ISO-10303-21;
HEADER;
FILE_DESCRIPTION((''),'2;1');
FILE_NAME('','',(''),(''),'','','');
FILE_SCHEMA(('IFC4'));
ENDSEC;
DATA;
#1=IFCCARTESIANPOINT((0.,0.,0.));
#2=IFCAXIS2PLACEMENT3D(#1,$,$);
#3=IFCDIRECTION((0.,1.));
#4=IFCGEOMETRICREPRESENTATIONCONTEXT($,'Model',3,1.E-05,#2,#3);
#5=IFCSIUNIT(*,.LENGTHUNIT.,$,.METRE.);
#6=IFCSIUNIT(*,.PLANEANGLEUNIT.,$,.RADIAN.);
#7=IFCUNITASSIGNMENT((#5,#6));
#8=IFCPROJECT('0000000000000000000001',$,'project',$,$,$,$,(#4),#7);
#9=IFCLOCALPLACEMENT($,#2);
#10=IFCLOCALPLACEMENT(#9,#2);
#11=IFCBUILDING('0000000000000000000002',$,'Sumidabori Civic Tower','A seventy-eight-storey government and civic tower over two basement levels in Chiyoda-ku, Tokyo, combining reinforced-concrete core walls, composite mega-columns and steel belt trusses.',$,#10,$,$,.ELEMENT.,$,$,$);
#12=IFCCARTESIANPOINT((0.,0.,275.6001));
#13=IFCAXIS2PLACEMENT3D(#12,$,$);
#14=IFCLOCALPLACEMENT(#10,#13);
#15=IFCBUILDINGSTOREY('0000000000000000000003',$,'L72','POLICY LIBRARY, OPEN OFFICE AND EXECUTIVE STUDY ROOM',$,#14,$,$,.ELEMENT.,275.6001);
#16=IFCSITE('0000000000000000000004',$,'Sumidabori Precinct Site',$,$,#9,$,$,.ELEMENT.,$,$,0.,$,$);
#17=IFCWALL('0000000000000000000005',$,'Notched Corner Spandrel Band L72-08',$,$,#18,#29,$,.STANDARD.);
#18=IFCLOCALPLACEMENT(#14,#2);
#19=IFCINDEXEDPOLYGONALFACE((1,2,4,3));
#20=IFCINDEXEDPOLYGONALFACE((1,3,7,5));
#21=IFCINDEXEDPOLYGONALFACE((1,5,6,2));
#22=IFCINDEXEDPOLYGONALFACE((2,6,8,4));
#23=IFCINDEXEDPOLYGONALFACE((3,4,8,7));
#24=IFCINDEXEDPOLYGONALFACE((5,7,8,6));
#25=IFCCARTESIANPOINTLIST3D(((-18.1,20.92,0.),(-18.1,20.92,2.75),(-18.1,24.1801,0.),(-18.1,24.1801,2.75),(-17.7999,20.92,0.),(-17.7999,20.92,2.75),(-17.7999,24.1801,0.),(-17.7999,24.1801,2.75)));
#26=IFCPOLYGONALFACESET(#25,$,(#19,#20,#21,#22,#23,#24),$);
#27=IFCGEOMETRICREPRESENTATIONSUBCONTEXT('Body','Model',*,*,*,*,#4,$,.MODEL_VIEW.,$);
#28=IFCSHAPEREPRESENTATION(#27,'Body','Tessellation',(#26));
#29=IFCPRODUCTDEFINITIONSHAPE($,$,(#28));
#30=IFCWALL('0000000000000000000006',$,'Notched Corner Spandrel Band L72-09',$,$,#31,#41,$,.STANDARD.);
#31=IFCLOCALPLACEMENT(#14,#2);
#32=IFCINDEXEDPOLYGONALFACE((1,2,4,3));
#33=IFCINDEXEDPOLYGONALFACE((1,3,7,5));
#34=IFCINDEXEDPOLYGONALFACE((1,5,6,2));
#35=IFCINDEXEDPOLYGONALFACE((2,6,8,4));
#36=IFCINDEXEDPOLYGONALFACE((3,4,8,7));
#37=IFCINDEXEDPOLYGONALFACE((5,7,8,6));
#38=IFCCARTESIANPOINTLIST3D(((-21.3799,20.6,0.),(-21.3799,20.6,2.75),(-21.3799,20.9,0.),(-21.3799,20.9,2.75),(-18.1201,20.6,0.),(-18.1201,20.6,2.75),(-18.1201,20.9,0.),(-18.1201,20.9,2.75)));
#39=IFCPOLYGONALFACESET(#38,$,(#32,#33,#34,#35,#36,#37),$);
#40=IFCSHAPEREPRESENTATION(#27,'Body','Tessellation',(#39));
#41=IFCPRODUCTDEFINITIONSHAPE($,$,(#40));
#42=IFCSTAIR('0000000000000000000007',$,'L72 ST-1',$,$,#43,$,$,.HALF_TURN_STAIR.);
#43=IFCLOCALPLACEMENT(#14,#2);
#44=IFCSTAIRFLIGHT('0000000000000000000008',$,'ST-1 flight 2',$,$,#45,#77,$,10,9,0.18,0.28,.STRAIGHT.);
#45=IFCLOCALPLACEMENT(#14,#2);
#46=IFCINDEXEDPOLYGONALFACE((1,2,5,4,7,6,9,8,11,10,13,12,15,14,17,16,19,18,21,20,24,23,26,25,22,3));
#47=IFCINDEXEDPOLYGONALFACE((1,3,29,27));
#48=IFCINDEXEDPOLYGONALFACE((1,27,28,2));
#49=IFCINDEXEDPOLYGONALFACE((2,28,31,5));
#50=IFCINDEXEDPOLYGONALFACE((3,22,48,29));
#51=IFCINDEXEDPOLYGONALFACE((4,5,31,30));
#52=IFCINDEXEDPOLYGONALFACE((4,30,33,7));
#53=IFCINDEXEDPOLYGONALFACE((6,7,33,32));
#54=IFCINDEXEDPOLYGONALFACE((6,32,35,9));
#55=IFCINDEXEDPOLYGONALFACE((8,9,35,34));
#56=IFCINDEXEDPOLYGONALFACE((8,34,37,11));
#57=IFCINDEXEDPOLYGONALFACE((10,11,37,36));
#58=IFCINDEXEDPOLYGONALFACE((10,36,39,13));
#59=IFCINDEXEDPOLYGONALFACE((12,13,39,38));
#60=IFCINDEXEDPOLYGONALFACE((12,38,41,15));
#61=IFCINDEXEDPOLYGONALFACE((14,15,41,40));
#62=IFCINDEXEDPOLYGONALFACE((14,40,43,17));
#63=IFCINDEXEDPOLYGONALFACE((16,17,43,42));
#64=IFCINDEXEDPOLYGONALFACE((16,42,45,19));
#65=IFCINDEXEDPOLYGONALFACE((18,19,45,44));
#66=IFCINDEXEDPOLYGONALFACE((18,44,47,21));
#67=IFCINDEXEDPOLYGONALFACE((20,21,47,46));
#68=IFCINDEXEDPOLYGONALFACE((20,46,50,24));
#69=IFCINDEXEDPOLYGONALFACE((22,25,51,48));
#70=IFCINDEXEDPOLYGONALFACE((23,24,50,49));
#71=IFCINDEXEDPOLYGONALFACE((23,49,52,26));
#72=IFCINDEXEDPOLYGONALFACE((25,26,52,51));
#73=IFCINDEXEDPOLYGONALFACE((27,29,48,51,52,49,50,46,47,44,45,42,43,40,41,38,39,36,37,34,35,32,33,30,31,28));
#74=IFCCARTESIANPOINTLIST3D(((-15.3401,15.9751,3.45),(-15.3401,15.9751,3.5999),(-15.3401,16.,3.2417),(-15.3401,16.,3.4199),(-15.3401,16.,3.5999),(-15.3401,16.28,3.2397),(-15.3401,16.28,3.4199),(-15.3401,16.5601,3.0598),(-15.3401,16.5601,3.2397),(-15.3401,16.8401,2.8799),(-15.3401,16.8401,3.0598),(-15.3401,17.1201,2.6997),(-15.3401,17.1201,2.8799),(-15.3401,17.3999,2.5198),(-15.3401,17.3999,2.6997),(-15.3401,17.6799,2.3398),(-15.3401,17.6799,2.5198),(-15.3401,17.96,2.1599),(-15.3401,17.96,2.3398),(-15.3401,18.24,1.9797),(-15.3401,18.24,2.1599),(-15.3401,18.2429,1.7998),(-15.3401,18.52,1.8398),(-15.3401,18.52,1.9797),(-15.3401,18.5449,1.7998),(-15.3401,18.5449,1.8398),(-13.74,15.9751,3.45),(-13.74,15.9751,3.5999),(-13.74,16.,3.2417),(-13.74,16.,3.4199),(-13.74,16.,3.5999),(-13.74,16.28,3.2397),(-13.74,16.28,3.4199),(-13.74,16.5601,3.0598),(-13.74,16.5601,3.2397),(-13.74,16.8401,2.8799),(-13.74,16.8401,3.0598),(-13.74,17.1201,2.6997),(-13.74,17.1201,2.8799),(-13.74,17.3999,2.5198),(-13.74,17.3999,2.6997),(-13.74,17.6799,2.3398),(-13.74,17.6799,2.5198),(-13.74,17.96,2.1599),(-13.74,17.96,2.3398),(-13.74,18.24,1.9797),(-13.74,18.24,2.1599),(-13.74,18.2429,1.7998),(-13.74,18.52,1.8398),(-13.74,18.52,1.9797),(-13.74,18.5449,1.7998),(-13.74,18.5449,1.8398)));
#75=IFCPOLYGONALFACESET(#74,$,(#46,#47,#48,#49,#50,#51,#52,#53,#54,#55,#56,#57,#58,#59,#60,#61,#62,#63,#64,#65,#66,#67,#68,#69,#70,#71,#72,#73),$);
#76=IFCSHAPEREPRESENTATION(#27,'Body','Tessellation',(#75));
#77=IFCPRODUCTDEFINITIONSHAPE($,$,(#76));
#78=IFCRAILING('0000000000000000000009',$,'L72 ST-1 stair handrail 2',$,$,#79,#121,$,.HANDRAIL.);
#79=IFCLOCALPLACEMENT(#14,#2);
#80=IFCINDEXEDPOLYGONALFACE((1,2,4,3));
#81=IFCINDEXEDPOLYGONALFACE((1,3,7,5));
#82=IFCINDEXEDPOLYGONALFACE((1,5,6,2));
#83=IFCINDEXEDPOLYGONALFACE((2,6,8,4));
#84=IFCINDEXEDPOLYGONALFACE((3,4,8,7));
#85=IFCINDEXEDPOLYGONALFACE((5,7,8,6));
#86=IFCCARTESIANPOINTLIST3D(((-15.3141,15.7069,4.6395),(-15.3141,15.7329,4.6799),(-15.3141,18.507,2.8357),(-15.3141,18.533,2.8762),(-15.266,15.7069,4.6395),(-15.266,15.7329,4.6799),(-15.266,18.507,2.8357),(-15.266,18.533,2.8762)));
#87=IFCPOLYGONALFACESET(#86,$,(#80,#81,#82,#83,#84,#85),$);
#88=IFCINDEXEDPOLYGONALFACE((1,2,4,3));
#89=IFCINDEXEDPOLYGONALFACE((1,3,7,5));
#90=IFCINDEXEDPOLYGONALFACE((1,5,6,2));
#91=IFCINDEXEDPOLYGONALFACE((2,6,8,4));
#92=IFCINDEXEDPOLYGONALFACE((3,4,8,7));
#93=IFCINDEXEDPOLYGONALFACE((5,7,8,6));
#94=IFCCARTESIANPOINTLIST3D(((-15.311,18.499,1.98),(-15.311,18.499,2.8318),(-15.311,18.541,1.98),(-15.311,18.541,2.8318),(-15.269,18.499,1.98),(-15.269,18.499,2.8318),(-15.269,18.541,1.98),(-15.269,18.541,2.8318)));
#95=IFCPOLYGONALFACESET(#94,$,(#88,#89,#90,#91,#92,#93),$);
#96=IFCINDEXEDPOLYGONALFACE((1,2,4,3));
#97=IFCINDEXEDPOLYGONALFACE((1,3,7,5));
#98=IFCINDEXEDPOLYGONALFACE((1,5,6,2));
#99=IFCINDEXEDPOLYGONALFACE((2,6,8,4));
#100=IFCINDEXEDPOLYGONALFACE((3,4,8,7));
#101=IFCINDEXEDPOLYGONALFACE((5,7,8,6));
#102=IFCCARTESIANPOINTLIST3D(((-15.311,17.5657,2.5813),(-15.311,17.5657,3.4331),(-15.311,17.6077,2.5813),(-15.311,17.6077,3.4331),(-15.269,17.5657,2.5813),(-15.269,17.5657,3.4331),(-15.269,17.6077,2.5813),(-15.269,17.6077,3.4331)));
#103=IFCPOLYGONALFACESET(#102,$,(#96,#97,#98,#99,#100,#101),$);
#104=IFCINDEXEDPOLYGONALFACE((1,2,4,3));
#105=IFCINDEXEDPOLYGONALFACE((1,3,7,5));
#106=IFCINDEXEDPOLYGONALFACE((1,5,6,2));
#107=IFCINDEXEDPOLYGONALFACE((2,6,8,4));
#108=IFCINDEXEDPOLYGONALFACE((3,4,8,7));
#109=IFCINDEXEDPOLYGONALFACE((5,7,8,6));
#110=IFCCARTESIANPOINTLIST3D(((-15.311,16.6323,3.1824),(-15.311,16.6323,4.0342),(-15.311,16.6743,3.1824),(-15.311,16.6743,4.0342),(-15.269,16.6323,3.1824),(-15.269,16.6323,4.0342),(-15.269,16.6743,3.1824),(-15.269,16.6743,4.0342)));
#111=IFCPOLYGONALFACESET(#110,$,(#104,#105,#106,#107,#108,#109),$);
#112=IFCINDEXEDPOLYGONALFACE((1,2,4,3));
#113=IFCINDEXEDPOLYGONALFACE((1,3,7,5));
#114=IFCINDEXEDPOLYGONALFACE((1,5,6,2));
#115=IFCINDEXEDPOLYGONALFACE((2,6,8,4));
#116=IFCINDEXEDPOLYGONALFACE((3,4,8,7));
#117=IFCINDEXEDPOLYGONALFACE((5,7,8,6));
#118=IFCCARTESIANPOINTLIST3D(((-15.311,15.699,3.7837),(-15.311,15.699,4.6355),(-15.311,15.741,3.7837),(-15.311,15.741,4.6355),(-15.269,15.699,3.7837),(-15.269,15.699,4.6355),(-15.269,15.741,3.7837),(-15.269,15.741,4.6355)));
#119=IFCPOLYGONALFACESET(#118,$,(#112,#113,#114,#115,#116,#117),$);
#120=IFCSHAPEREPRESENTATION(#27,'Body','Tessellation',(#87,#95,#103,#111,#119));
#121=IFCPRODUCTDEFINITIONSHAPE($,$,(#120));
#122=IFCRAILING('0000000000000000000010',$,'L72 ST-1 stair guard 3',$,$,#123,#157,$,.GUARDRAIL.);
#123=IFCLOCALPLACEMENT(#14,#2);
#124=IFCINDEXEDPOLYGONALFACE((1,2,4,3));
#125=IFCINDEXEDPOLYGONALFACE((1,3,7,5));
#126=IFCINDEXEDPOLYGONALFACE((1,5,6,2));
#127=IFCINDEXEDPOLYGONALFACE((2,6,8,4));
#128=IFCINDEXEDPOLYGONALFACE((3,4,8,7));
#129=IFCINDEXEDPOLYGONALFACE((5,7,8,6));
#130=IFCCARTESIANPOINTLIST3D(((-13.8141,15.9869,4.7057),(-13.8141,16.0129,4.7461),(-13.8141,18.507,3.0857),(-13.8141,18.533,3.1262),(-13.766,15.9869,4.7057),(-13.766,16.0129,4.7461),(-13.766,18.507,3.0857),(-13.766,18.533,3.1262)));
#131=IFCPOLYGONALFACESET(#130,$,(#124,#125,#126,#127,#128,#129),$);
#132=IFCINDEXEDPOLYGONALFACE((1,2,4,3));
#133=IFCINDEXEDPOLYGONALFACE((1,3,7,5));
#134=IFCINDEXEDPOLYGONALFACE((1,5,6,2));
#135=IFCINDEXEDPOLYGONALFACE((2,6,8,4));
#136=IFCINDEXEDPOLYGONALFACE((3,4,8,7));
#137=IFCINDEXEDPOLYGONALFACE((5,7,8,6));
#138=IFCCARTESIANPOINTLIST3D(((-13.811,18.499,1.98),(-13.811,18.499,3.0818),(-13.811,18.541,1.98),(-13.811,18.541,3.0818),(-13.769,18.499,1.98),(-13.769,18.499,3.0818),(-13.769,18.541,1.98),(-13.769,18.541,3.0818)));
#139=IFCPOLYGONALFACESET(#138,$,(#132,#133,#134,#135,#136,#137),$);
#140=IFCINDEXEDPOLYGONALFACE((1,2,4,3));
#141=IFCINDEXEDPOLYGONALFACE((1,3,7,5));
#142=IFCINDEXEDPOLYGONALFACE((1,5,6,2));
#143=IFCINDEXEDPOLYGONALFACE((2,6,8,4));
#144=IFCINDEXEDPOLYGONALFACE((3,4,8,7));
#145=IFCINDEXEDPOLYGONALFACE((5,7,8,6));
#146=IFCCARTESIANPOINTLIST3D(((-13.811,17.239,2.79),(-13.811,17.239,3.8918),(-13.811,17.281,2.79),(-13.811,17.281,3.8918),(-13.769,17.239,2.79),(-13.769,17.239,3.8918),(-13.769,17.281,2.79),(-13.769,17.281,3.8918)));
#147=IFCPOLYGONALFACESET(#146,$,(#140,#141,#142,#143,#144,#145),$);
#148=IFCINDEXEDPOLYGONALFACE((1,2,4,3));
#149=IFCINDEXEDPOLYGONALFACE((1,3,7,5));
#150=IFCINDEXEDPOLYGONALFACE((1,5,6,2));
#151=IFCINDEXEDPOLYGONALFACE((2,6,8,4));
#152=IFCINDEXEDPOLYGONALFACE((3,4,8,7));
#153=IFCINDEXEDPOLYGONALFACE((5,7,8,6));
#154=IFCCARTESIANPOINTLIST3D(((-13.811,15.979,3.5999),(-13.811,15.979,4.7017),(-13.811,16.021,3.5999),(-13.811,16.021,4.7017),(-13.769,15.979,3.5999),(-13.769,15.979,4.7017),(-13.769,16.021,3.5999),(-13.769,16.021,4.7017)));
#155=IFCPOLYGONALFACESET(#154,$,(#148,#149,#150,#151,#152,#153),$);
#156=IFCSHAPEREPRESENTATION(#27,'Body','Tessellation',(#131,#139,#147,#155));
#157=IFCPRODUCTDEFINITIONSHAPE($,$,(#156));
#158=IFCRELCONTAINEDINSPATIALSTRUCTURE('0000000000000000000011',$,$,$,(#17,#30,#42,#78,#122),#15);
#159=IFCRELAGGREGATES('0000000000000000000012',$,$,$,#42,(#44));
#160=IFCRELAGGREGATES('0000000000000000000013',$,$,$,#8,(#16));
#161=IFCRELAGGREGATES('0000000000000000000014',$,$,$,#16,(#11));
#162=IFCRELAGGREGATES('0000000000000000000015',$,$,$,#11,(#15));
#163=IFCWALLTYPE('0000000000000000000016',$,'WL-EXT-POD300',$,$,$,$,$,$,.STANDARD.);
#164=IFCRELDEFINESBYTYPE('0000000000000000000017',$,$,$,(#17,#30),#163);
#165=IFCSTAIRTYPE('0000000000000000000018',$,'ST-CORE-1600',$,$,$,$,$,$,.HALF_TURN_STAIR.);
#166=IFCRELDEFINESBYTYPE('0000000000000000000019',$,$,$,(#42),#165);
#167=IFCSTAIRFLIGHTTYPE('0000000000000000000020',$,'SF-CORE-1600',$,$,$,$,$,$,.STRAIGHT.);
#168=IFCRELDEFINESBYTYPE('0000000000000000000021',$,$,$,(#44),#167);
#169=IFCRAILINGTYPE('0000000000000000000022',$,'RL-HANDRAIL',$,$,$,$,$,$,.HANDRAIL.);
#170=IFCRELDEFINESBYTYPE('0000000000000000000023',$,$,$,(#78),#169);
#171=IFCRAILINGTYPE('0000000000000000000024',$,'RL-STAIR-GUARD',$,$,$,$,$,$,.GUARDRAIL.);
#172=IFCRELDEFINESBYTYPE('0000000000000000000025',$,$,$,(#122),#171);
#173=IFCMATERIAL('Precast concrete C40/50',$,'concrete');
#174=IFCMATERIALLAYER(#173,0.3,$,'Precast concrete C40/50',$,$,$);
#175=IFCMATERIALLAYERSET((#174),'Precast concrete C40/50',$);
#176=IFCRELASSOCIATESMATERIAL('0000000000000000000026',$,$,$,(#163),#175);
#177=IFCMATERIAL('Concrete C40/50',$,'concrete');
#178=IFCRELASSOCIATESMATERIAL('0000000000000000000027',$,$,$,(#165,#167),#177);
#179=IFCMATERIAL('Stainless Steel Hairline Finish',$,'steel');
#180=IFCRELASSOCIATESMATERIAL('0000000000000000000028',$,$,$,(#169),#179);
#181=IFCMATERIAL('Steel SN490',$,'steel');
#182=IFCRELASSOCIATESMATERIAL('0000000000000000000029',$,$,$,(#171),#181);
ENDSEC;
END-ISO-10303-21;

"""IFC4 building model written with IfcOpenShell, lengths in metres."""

from ifc_helpers import new_model, si_unit, direction, frame, frame_2d, origin, origin_2d, place, context, subcontext, project, spatial, polyline, rectangle, outline, extrude, source, transform, mapped, material, layer, layer_set, type_object, element, aggregate, save


model = new_model("IFC4")

# Units and contexts
model_context = context("Model", 3, precision=1e-05, world=origin(), true_north=direction((0.0, 1.0)))
body_context = subcontext(model_context, "Body", "Model", "MODEL_VIEW")
ifc_project = project(units=[si_unit("LENGTHUNIT", "METRE"), si_unit("PLANEANGLEUNIT", "RADIAN")], contexts=[model_context])

# Site, building, storey
site_placement = place(None, origin())
site = spatial("IfcSite", under=ifc_project, at=site_placement, Name="Sumidabori Precinct Site", CompositionType="ELEMENT", RefElevation=0.0)
building_placement = place(site_placement, origin())
building = spatial("IfcBuilding", under=site, at=building_placement, Name="Sumidabori Civic Tower", Description="A seventy-eight-storey government and civic tower over two basement levels in Chiyoda-ku, Tokyo, combining reinforced-concrete core walls, composite mega-columns and steel belt trusses.", CompositionType="ELEMENT")
storey_placement = place(building_placement, frame((0.0, 0.0, 275.6001)))
storey = spatial("IfcBuildingStorey", under=building, at=storey_placement, Name="L72", Description="POLICY LIBRARY, OPEN OFFICE AND EXECUTIVE STUDY ROOM", CompositionType="ELEMENT", Elevation=275.6001)

# Shared definitions
ifc_material_1 = material(Name="Steel SN490", Category="steel")

# Walls
ifc_material_2 = material(Name="Precast concrete C40/50", Category="concrete")
ifc_layer_1 = layer(ifc_material_2, 0.3, Name="Precast concrete C40/50")
ifc_layer_set_1 = layer_set([ifc_layer_1], Name="Precast concrete C40/50")
wall_type_1 = type_object("IfcWallType", Name="WL-EXT-POD300", PredefinedType="STANDARD", material=ifc_layer_set_1)
shared_shape_1 = source(origin(), body_context, "Body", "SweptSolid", [
    extrude(rectangle(XDim=3.26, YDim=0.3, at=frame_2d((1.6299, 0.0))), origin(), (0.0, 0.0, 1.0), 2.75),
])
wall_1_placement = place(storey_placement, frame((-17.95, 24.1799, 0.0), z_axis=(0.0, 0.0, 1.0), x_axis=(0.0, -1.0, 0.0)))
element("IfcWall", 1, at=wall_1_placement, inside=storey, type_object=wall_type_1, Name="Notched Corner Spandrel Band L72-08", PredefinedType="STANDARD", context=body_context, shape_type="MappedRepresentation", body=[
    mapped(shared_shape_1, transform((0.0, 0.0, 0.0), x_axis=(1.0, 0.0, 0.0), y_axis=(0.0, 1.0, 0.0), z_axis=(0.0, 0.0, 1.0), scale=1.0)),
])
shared_shape_2 = source(origin(), body_context, "Body", "SweptSolid", [
    extrude(rectangle(XDim=3.2598, YDim=0.3, at=frame_2d((1.6299, 0.0))), origin(), (0.0, 0.0, 1.0), 2.75),
])
wall_2_placement = place(storey_placement, frame((-18.1201, 20.75, 0.0), z_axis=(0.0, 0.0, 1.0), x_axis=(-1.0, 0.0, 0.0)))
element("IfcWall", 2, at=wall_2_placement, inside=storey, type_object=wall_type_1, Name="Notched Corner Spandrel Band L72-09", PredefinedType="STANDARD", context=body_context, shape_type="MappedRepresentation", body=[
    mapped(shared_shape_2, transform((0.0, 0.0, 0.0), x_axis=(1.0, 0.0, 0.0), y_axis=(0.0, 1.0, 0.0), z_axis=(0.0, 0.0, 1.0), scale=1.0)),
])

# Stair, stair flight
ifc_material_3 = material(Name="Concrete C40/50", Category="concrete")
stair_type = type_object("IfcStairType", Name="ST-CORE-1600", PredefinedType="HALF_TURN_STAIR", material=ifc_material_3)
stair_placement = place(storey_placement, origin())
stair = element("IfcStair", 3, at=stair_placement, inside=storey, type_object=stair_type, Name="L72 ST-1", PredefinedType="HALF_TURN_STAIR")
stair_flight_type = type_object("IfcStairFlightType", Name="SF-CORE-1600", PredefinedType="STRAIGHT", material=ifc_material_3)
shared_shape_3 = source(origin(), body_context, "Body", "SweptSolid", [
    extrude(outline(polyline([(-0.0249, 0.0), (-0.0249, 0.04), (0.0, 0.04), (0.0, 0.1799), (0.28, 0.1799), (0.28, 0.3601), (0.5601, 0.3601), (0.5601, 0.54), (0.8401, 0.54), (0.8401, 0.72), (1.1201, 0.72), (1.1201, 0.8999), (1.3999, 0.8999), (1.3999, 1.0801), (1.6799, 1.0801), (1.6799, 1.26), (1.96, 1.26), (1.96, 1.4399), (2.24, 1.4399), (2.24, 1.6201), (2.52, 1.6201), (2.52, 1.8), (2.5449, 1.8), (2.5449, 1.6501), (2.52, 1.4419), (0.2771, 0.0), (-0.0249, 0.0)])), frame((0.0, 0.8, 0.0), z_axis=(0.0, -1.0, 0.0), x_axis=(1.0, 0.0, 0.0)), (0.0, 0.0, 1.0), 1.6001),
])
stair_flight_placement = place(storey_placement, frame((-14.54, 18.52, 1.7998), z_axis=(0.0, 0.0, 1.0), x_axis=(0.0, -1.0, 0.0)))
stair_flight = element("IfcStairFlight", 4, at=stair_flight_placement, type_object=stair_flight_type, Name="ST-1 flight 2", NumberOfRisers=10, NumberOfTreads=9, PredefinedType="STRAIGHT", RiserHeight=0.18, TreadLength=0.28, context=body_context, shape_type="MappedRepresentation", body=[
    mapped(shared_shape_3, transform((0.0, 0.0, 0.0), x_axis=(1.0, 0.0, 0.0), y_axis=(0.0, 1.0, 0.0), z_axis=(0.0, 0.0, 1.0), scale=1.0)),
])
aggregate(stair, [stair_flight])

# Railings
ifc_material_4 = material(Name="Stainless Steel Hairline Finish", Category="steel")
railing_type_1 = type_object("IfcRailingType", Name="RL-HANDRAIL", PredefinedType="HANDRAIL", material=ifc_material_4)
railing_1_placement = place(storey_placement, frame((-15.29, 18.52, 1.98)))
element("IfcRailing", 5, at=railing_1_placement, inside=storey, type_object=railing_type_1, Name="L72 ST-1 stair handrail 2", PredefinedType="HANDRAIL", context=body_context, shape_type="SweptSolid", body=[
    extrude(rectangle(XDim=0.0481, YDim=0.0481, at=origin_2d()), frame((0.0, 0.0, 0.876), z_axis=(0.0, -0.840676, 0.541539), x_axis=(1.0, 0.0, 0.0)), (0.0, 0.0, 1.0), 3.3308),
    extrude(rectangle(XDim=0.042, YDim=0.042, at=origin_2d()), origin(), (0.0, 0.0, 1.0), 0.8518),
    extrude(rectangle(XDim=0.042, YDim=0.042, at=origin_2d()), frame((0.0, -0.9333, 0.6013)), (0.0, 0.0, 1.0), 0.8518),
    extrude(rectangle(XDim=0.042, YDim=0.042, at=origin_2d()), frame((0.0, -1.8667, 1.2024)), (0.0, 0.0, 1.0), 0.8518),
    extrude(rectangle(XDim=0.042, YDim=0.042, at=origin_2d()), frame((0.0, -2.8, 1.8037)), (0.0, 0.0, 1.0), 0.8518),
])
railing_type_2 = type_object("IfcRailingType", Name="RL-STAIR-GUARD", PredefinedType="GUARDRAIL", material=ifc_material_1)
railing_2_placement = place(storey_placement, frame((-13.79, 18.52, 1.98)))
element("IfcRailing", 6, at=railing_2_placement, inside=storey, type_object=railing_type_2, Name="L72 ST-1 stair guard 3", PredefinedType="GUARDRAIL", context=body_context, shape_type="SweptSolid", body=[
    extrude(rectangle(XDim=0.0481, YDim=0.0481, at=origin_2d()), frame((0.0, 0.0, 1.126), z_axis=(0.0, -0.8412, 0.540725), x_axis=(1.0, 0.0, 0.0)), (0.0, 0.0, 1.0), 2.9958),
    extrude(rectangle(XDim=0.042, YDim=0.042, at=origin_2d()), origin(), (0.0, 0.0, 1.0), 1.1018),
    extrude(rectangle(XDim=0.042, YDim=0.042, at=origin_2d()), frame((0.0, -1.26, 0.8101)), (0.0, 0.0, 1.0), 1.1018),
    extrude(rectangle(XDim=0.042, YDim=0.042, at=origin_2d()), frame((0.0, -2.52, 1.6199)), (0.0, 0.0, 1.0), 1.1018),
])

save(model, "model.ifc")
